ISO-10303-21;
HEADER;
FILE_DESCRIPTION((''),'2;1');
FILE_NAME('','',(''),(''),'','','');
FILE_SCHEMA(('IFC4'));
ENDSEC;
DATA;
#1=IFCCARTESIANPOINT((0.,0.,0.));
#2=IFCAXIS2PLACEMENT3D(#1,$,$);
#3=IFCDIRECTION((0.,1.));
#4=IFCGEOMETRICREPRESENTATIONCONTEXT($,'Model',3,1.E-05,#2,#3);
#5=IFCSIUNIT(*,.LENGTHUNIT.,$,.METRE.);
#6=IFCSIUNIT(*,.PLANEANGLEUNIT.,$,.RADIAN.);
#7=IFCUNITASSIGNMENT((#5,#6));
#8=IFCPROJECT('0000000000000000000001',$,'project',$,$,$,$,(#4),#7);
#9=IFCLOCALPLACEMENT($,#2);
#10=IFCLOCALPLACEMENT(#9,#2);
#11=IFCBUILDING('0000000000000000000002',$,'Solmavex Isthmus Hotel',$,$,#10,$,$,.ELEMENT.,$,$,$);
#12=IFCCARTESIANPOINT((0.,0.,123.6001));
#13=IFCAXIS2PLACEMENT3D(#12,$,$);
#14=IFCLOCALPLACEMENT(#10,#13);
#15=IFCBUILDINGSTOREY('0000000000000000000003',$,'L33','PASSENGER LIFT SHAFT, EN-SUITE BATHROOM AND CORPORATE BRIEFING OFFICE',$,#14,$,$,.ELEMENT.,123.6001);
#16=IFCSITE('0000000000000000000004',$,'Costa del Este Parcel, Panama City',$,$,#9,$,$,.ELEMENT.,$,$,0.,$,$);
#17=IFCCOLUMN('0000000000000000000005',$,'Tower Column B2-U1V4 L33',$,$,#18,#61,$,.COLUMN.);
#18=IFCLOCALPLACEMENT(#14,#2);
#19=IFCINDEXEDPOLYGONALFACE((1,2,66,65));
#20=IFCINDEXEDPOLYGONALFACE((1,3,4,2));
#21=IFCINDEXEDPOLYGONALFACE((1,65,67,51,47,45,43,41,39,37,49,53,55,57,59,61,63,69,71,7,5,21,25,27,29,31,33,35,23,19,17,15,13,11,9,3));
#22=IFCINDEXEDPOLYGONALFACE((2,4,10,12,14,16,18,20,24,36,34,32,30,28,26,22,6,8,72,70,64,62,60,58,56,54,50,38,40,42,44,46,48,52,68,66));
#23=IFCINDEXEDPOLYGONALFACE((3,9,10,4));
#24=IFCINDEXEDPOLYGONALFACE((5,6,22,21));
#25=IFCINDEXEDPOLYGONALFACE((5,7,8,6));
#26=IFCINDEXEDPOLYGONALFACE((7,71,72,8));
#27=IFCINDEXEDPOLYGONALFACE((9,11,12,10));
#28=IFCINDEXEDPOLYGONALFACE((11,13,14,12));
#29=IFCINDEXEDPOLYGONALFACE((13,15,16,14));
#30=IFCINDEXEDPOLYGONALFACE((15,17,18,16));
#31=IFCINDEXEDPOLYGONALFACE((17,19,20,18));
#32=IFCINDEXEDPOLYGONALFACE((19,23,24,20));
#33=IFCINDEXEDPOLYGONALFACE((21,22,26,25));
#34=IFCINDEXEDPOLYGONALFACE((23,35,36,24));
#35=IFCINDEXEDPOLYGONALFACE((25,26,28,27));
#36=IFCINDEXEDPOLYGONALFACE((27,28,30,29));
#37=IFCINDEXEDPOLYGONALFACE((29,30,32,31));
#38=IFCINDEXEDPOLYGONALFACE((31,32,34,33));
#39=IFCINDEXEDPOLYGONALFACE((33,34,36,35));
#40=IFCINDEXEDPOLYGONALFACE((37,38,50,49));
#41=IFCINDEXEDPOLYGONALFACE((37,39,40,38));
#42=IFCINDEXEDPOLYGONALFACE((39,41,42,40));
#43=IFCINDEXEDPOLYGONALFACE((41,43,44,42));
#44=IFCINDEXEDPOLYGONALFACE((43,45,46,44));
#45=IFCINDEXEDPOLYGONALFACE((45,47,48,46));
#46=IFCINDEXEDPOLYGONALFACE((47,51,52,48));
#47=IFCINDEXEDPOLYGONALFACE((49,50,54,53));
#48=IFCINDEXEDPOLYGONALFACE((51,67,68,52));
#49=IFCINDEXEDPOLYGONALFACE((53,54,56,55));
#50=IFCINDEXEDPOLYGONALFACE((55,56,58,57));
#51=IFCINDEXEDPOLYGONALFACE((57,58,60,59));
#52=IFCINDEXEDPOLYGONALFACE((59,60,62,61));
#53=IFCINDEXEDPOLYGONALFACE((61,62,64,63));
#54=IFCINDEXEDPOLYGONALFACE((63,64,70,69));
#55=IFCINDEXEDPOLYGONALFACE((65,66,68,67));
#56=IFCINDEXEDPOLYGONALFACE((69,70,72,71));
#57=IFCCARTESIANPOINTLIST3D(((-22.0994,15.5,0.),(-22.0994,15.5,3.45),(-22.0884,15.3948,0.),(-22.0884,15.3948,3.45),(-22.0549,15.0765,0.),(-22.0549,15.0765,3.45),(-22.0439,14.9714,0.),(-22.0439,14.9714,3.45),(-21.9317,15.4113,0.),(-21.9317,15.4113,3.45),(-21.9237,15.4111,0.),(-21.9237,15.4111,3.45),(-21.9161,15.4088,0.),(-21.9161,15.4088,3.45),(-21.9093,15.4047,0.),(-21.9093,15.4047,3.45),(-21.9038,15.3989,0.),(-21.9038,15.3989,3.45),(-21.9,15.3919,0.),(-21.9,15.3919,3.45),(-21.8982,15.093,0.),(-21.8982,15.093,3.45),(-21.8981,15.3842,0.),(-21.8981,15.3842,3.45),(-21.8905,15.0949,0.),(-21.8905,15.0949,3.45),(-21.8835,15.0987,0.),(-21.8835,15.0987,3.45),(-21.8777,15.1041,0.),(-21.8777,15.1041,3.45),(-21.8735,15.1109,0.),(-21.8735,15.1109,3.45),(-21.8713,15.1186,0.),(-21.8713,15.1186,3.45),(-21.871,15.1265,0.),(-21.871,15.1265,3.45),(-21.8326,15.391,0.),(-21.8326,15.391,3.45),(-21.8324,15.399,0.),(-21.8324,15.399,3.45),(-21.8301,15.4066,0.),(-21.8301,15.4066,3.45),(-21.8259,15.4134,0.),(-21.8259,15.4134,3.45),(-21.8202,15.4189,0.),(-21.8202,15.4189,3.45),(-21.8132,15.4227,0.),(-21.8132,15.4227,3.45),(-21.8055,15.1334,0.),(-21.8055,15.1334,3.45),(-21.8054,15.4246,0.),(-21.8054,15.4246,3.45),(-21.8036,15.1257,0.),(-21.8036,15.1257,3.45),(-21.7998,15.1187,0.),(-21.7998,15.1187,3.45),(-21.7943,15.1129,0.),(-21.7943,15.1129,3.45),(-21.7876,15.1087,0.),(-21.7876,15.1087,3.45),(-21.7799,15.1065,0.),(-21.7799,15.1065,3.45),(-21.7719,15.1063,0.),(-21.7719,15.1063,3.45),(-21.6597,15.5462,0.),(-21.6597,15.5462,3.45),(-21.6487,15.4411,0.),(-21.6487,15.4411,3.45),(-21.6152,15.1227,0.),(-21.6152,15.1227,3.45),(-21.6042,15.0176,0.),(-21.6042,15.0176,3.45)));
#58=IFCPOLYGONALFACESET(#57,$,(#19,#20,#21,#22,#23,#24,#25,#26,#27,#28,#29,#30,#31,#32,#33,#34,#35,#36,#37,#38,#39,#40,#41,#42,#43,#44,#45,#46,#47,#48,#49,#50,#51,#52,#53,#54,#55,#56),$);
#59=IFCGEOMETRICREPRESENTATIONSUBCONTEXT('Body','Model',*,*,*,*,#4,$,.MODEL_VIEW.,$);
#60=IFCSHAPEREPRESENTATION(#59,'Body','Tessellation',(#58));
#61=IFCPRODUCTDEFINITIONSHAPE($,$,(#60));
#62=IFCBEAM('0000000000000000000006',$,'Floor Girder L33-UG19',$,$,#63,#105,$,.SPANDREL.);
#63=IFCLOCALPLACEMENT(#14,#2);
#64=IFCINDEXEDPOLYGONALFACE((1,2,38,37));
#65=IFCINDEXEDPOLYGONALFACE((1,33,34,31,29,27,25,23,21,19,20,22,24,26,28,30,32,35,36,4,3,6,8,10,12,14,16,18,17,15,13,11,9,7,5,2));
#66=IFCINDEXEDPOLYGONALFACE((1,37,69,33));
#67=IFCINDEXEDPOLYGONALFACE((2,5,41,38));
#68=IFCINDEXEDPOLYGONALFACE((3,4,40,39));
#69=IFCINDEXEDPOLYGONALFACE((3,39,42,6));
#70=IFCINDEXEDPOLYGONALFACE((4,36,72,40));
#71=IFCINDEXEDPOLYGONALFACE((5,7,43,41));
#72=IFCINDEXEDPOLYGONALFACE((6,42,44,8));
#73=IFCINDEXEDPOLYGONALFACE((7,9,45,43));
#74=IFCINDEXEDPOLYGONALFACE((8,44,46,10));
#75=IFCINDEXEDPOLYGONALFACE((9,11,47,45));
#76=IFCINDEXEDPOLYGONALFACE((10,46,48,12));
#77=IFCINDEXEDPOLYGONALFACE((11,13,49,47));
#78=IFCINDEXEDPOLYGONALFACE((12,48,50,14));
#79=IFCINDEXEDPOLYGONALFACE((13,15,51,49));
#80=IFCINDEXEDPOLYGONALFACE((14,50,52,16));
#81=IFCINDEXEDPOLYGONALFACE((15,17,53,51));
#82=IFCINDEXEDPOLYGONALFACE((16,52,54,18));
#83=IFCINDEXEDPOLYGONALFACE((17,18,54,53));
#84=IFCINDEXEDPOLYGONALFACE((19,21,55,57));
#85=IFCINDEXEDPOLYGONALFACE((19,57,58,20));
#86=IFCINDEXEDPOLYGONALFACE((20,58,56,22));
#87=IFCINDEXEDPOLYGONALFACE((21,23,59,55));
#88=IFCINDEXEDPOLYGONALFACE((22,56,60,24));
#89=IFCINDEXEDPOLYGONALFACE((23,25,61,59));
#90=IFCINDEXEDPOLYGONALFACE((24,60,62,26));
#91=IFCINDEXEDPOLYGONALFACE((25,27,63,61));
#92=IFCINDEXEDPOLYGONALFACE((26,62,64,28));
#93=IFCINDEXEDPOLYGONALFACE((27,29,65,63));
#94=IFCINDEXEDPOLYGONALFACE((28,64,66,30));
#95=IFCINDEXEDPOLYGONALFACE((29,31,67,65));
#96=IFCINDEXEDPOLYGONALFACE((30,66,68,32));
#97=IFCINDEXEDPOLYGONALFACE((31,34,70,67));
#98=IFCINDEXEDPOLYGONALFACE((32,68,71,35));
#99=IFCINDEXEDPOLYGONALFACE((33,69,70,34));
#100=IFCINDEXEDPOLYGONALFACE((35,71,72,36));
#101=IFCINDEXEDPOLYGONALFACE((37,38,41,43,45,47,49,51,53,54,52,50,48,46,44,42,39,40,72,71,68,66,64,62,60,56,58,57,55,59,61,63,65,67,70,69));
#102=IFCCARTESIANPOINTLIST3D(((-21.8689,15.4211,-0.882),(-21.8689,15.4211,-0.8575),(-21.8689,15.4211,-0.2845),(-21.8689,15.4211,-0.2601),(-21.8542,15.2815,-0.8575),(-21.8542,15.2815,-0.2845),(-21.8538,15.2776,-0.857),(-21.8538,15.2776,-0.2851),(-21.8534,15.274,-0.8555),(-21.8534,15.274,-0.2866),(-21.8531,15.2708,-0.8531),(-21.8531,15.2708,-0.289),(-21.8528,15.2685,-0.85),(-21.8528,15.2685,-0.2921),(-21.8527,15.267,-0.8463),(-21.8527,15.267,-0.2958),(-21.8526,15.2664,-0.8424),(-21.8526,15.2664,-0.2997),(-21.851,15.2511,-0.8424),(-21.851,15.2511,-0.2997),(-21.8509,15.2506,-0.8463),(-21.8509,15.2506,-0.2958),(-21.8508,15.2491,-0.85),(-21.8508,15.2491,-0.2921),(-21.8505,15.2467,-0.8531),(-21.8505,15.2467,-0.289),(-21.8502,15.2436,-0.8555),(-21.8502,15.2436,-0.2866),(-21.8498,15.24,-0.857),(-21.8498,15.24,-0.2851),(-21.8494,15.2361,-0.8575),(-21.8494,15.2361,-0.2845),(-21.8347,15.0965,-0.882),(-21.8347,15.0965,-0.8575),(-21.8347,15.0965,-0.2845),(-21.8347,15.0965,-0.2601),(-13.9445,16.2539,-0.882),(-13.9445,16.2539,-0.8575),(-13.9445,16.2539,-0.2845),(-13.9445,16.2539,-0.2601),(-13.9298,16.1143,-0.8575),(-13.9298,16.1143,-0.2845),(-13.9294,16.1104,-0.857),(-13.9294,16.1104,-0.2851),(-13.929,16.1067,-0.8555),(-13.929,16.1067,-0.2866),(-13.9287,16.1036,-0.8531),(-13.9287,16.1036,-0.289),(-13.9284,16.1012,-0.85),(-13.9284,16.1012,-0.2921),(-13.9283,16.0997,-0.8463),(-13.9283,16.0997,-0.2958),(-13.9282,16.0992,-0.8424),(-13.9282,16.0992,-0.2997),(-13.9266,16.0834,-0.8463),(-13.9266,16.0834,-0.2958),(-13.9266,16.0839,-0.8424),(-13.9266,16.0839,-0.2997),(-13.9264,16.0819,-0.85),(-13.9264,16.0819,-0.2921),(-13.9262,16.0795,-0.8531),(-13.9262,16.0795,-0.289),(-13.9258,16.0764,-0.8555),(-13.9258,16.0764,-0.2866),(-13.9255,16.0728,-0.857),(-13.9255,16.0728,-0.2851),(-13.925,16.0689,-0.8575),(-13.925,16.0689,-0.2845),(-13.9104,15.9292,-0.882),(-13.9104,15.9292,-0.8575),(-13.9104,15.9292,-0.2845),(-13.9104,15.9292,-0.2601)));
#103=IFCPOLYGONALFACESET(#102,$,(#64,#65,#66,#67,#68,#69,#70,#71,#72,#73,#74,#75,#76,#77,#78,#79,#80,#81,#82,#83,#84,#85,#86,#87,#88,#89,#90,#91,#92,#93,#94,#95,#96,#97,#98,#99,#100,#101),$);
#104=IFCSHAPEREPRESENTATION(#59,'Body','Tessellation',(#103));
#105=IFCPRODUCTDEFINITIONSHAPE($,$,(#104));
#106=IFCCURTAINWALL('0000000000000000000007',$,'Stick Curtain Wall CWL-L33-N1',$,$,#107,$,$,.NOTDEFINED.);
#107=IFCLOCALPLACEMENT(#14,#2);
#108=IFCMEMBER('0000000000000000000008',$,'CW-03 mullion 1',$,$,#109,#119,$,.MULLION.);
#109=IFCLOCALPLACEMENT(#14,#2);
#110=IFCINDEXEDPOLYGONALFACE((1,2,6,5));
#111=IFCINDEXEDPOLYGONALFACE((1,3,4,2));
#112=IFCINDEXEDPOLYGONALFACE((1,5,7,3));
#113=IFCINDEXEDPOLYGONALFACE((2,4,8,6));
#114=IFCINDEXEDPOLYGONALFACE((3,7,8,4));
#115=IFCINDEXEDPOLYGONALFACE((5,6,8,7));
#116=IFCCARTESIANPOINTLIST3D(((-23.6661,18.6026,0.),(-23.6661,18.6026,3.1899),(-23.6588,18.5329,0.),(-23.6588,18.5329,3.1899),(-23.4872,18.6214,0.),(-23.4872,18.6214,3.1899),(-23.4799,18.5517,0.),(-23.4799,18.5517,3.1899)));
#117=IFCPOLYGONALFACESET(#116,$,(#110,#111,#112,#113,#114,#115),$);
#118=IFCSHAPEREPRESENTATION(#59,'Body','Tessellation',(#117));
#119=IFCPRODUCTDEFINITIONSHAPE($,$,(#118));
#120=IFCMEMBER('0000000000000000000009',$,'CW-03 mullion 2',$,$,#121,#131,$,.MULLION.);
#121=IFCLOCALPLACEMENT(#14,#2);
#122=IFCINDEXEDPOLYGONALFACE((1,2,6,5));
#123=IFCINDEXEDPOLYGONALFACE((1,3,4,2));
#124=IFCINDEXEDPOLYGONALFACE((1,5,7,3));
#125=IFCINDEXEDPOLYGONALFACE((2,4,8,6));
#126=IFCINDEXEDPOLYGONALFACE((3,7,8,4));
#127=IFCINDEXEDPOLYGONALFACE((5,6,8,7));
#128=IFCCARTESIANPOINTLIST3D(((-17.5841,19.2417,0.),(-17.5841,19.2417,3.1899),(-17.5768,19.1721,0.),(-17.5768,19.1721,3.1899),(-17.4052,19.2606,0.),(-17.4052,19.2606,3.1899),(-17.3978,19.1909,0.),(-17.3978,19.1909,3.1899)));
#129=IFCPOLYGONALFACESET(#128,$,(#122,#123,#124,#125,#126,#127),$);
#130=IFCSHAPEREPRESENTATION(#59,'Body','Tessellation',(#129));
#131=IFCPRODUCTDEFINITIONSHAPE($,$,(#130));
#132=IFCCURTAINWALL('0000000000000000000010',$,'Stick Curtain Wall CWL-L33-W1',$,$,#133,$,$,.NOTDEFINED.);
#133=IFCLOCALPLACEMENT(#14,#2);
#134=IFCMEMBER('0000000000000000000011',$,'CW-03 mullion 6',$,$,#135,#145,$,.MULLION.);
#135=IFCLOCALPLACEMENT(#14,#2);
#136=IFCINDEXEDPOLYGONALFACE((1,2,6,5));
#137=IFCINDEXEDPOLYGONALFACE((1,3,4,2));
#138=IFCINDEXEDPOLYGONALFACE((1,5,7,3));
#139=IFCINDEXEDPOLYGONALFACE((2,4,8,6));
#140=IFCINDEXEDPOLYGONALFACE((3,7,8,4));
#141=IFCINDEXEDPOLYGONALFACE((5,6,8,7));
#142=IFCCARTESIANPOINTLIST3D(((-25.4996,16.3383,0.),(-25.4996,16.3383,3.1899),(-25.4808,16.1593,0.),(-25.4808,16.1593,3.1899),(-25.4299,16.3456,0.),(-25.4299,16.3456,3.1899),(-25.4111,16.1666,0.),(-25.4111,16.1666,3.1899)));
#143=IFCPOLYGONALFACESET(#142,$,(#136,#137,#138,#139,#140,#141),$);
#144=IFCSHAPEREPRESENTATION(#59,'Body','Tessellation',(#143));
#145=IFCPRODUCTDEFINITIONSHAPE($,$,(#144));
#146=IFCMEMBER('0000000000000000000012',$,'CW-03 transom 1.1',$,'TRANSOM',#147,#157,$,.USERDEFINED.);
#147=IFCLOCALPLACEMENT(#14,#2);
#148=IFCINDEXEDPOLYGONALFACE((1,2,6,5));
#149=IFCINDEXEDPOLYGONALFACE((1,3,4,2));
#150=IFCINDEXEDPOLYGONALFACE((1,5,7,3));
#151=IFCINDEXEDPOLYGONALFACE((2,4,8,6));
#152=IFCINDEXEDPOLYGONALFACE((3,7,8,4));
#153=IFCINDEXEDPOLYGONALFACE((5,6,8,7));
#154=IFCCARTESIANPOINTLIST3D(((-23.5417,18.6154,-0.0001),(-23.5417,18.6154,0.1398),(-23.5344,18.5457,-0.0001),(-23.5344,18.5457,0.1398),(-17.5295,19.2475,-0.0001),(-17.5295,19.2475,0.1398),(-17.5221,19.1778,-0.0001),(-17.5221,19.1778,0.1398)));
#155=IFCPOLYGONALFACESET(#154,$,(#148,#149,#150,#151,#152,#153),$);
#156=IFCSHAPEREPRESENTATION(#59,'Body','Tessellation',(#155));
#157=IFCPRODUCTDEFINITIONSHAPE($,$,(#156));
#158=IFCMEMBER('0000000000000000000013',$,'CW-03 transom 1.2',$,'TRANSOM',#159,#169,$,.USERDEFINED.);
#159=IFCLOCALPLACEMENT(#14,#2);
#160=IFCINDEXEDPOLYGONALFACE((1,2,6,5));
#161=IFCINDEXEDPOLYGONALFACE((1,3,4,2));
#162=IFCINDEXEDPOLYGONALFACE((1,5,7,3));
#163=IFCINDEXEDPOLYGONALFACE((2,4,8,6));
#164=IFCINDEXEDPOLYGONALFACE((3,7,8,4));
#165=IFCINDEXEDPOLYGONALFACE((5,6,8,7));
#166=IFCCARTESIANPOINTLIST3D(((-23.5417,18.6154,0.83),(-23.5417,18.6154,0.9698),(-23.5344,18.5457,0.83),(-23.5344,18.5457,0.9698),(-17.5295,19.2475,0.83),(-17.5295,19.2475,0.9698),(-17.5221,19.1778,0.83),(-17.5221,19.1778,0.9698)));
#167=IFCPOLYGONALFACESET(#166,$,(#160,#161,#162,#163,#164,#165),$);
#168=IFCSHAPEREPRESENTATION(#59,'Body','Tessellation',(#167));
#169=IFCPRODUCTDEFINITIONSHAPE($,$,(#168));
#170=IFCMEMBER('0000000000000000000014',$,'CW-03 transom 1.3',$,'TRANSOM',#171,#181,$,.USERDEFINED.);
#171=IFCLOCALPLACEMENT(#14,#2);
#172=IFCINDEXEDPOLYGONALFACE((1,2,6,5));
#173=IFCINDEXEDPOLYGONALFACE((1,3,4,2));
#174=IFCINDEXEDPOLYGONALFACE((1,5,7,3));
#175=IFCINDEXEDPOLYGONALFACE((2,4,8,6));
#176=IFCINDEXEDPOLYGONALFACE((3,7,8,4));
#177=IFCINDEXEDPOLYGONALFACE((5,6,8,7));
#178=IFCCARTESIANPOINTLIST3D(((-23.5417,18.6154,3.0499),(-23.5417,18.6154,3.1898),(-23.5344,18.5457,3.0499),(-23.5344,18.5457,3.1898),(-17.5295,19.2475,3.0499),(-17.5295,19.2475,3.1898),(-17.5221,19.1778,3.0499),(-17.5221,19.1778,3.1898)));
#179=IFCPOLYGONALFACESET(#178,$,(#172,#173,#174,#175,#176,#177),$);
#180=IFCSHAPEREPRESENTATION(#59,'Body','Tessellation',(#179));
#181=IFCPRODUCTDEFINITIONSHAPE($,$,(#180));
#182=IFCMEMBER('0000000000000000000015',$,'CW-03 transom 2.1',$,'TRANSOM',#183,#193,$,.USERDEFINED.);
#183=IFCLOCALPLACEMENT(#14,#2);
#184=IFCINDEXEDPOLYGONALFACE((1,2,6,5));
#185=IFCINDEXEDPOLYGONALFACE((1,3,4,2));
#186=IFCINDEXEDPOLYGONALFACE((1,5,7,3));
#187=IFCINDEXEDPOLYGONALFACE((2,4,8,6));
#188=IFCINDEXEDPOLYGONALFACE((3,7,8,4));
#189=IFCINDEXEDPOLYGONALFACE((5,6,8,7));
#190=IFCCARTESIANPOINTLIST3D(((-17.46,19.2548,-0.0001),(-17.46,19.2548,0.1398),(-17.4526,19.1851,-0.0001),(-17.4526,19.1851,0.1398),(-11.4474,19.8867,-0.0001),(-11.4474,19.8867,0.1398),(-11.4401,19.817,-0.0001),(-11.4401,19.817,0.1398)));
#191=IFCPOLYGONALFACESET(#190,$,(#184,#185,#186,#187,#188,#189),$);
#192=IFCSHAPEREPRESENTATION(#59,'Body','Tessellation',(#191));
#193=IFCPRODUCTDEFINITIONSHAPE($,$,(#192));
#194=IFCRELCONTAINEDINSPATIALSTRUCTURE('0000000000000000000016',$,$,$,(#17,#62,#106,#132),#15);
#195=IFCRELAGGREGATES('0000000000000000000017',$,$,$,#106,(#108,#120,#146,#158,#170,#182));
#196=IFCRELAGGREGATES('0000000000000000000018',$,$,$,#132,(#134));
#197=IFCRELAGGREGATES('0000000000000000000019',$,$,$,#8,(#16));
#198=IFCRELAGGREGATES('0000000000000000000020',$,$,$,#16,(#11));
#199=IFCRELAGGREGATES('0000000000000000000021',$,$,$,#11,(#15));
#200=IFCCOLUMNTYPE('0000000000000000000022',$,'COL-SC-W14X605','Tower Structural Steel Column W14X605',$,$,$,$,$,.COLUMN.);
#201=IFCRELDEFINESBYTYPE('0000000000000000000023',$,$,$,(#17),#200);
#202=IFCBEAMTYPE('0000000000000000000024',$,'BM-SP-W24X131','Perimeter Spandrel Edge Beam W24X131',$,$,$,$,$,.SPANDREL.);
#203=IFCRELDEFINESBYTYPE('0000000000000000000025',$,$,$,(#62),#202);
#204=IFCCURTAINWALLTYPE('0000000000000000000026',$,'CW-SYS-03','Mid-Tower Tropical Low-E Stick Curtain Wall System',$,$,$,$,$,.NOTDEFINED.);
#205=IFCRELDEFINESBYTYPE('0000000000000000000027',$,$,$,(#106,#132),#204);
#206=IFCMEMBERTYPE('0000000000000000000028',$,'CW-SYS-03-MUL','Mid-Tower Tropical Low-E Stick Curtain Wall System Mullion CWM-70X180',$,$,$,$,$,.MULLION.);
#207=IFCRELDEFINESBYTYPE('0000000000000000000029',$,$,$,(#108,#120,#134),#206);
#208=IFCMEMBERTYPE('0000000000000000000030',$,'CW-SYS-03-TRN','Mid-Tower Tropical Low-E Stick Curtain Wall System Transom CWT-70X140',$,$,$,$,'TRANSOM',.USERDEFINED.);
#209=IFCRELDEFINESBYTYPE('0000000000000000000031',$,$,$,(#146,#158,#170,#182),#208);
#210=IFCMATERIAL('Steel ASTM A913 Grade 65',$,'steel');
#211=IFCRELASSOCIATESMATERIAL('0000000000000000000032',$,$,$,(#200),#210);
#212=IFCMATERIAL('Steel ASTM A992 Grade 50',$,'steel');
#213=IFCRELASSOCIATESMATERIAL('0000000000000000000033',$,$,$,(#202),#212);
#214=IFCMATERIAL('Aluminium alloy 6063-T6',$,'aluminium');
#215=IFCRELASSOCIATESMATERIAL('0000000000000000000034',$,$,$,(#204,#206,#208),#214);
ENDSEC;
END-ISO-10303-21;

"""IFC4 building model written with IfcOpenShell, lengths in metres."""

from ifc_helpers import new_model, si_unit, direction, frame, origin, origin_2d, place, context, subcontext, project, spatial, rectangle, i_section, extrude, material, material_profile, profile_set, type_object, element, aggregate, save


model = new_model("IFC4")

# Units and contexts
model_context = context("Model", 3, precision=1e-05, world=origin(), true_north=direction((0.0, 1.0)))
body_context = subcontext(model_context, "Body", "Model", "MODEL_VIEW")
ifc_project = project(units=[si_unit("LENGTHUNIT", "METRE"), si_unit("PLANEANGLEUNIT", "RADIAN")], contexts=[model_context])

# Site, building, storey
site_placement = place(None, origin())
site = spatial("IfcSite", under=ifc_project, at=site_placement, Name="Costa del Este Parcel, Panama City", CompositionType="ELEMENT", RefElevation=0.0)
building_placement = place(site_placement, origin())
building = spatial("IfcBuilding", under=site, at=building_placement, Name="Solmavex Isthmus Hotel", CompositionType="ELEMENT")
storey_placement = place(building_placement, frame((0.0, 0.0, 123.6001)))
storey = spatial("IfcBuildingStorey", under=building, at=storey_placement, Name="L33", Description="PASSENGER LIFT SHAFT, EN-SUITE BATHROOM AND CORPORATE BRIEFING OFFICE", CompositionType="ELEMENT", Elevation=123.6001)

# Column
ifc_material_1 = material(Name="Steel ASTM A913 Grade 65", Category="steel")
ifc_material_profile_1 = material_profile(ifc_material_1, i_section(OverallWidth=0.4421, OverallDepth=0.5315, WebThickness=0.0659, FlangeThickness=0.1057, FilletRadius=0.0305, at=origin_2d()), Name="W14X605")
ifc_profile_set_1 = profile_set([ifc_material_profile_1], Name="Steel ASTM A913 Grade 65")
column_type = type_object("IfcColumnType", Name="COL-SC-W14X605", Description="Tower Structural Steel Column W14X605", PredefinedType="COLUMN", material=ifc_profile_set_1)
column_placement = place(storey_placement, frame((-21.8518, 15.2588, 0.0), z_axis=(0.0, 0.0, 1.0), x_axis=(0.994522, 0.104528, 0.0)))
element("IfcColumn", 1, at=column_placement, inside=storey, type_object=column_type, Name="Tower Column B2-U1V4 L33", PredefinedType="COLUMN", context=body_context, shape_type="SweptSolid", body=[
    extrude(i_section(OverallWidth=0.4421, OverallDepth=0.5315, WebThickness=0.0659, FlangeThickness=0.1057, FilletRadius=0.0305, at=origin_2d()), origin(), (0.0, 0.0, 1.0), 3.45),
])

# Beam
ifc_material_2 = material(Name="Steel ASTM A992 Grade 50", Category="steel")
ifc_material_profile_2 = material_profile(ifc_material_2, i_section(OverallWidth=0.3264, OverallDepth=0.6218, WebThickness=0.0154, FlangeThickness=0.0244, FilletRadius=0.0151, at=origin_2d()), Name="W24X131")
ifc_profile_set_2 = profile_set([ifc_material_profile_2], Name="Steel ASTM A992 Grade 50")
beam_type = type_object("IfcBeamType", Name="BM-SP-W24X131", Description="Perimeter Spandrel Edge Beam W24X131", PredefinedType="SPANDREL", material=ifc_profile_set_2)
beam_placement = place(storey_placement, frame((-21.8518, 15.2588, -0.571), z_axis=(0.994523, 0.104514, 0.0), x_axis=(-0.104514, 0.994523, 0.0)))
element("IfcBeam", 2, at=beam_placement, inside=storey, type_object=beam_type, Name="Floor Girder L33-UG19", PredefinedType="SPANDREL", context=body_context, shape_type="SweptSolid", body=[
    extrude(i_section(OverallWidth=0.3264, OverallDepth=0.6218, WebThickness=0.0154, FlangeThickness=0.0244, FilletRadius=0.0151, at=origin_2d()), origin(), (0.0, 0.0, 1.0), 7.968),
])

# Curtain wall, members
ifc_material_3 = material(Name="Aluminium alloy 6063-T6", Category="aluminium")
curtain_wall_type = type_object("IfcCurtainWallType", Name="CW-SYS-03", Description="Mid-Tower Tropical Low-E Stick Curtain Wall System", PredefinedType="NOTDEFINED", material=ifc_material_3)
curtain_wall_1_placement = place(storey_placement, origin())
curtain_wall_1 = element("IfcCurtainWall", 3, at=curtain_wall_1_placement, inside=storey, type_object=curtain_wall_type, Name="Stick Curtain Wall CWL-L33-N1", PredefinedType="NOTDEFINED")
ifc_material_profile_3 = material_profile(ifc_material_3, rectangle(XDim=0.0701, YDim=0.1799, at=origin_2d()), Name="CWM-70X180")
ifc_profile_set_3 = profile_set([ifc_material_profile_3], Name="Aluminium alloy 6063-T6")
member_type_1 = type_object("IfcMemberType", Name="CW-SYS-03-MUL", Description="Mid-Tower Tropical Low-E Stick Curtain Wall System Mullion CWM-70X180", PredefinedType="MULLION", material=ifc_profile_set_3)
member_1_placement = place(storey_placement, frame((-23.573, 18.5771, 0.0), z_axis=(0.0, 0.0, 1.0), x_axis=(-0.104528, 0.994522, 0.0)))
member_1 = element("IfcMember", 4, at=member_1_placement, type_object=member_type_1, Name="CW-03 mullion 1", PredefinedType="MULLION", context=body_context, shape_type="SweptSolid", body=[
    extrude(rectangle(XDim=0.0701, YDim=0.1799, at=origin_2d()), origin(), (0.0, 0.0, 1.0), 3.1899),
])
member_2_placement = place(storey_placement, frame((-17.491, 19.2163, 0.0), z_axis=(0.0, 0.0, 1.0), x_axis=(-0.104528, 0.994522, 0.0)))
member_2 = element("IfcMember", 5, at=member_2_placement, type_object=member_type_1, Name="CW-03 mullion 2", PredefinedType="MULLION", context=body_context, shape_type="SweptSolid", body=[
    extrude(rectangle(XDim=0.0701, YDim=0.1799, at=origin_2d()), origin(), (0.0, 0.0, 1.0), 3.1899),
])

# Curtain wall, member
curtain_wall_2_placement = place(storey_placement, origin())
curtain_wall_2 = element("IfcCurtainWall", 6, at=curtain_wall_2_placement, inside=storey, type_object=curtain_wall_type, Name="Stick Curtain Wall CWL-L33-W1", PredefinedType="NOTDEFINED")
member_3_placement = place(storey_placement, frame((-25.4553, 16.2524, 0.0), z_axis=(0.0, 0.0, 1.0), x_axis=(-0.994522, -0.104528, 0.0)))
member_3 = element("IfcMember", 7, at=member_3_placement, type_object=member_type_1, Name="CW-03 mullion 6", PredefinedType="MULLION", context=body_context, shape_type="SweptSolid", body=[
    extrude(rectangle(XDim=0.0701, YDim=0.1799, at=origin_2d()), origin(), (0.0, 0.0, 1.0), 3.1899),
])

# Members
ifc_material_profile_4 = material_profile(ifc_material_3, rectangle(XDim=0.0701, YDim=0.1399, at=origin_2d()), Name="CWT-70X140")
ifc_profile_set_4 = profile_set([ifc_material_profile_4], Name="Aluminium alloy 6063-T6")
member_type_2 = type_object("IfcMemberType", Name="CW-SYS-03-TRN", Description="Mid-Tower Tropical Low-E Stick Curtain Wall System Transom CWT-70X140", ElementType="TRANSOM", PredefinedType="USERDEFINED", material=ifc_profile_set_4)
member_4_placement = place(storey_placement, frame((-23.5381, 18.5806, 0.0698), z_axis=(0.994519, 0.104557, 0.0), x_axis=(-0.104557, 0.994519, 0.0)))
member_4 = element("IfcMember", 8, at=member_4_placement, type_object=member_type_2, Name="CW-03 transom 1.1", ObjectType="TRANSOM", PredefinedType="USERDEFINED", context=body_context, shape_type="SweptSolid", body=[
    extrude(rectangle(XDim=0.0701, YDim=0.1399, at=origin_2d()), origin(), (0.0, 0.0, 1.0), 6.0454),
])
member_5_placement = place(storey_placement, frame((-23.5381, 18.5806, 0.8999), z_axis=(0.994519, 0.104557, 0.0), x_axis=(-0.104557, 0.994519, 0.0)))
member_5 = element("IfcMember", 9, at=member_5_placement, type_object=member_type_2, Name="CW-03 transom 1.2", ObjectType="TRANSOM", PredefinedType="USERDEFINED", context=body_context, shape_type="SweptSolid", body=[
    extrude(rectangle(XDim=0.0701, YDim=0.1399, at=origin_2d()), origin(), (0.0, 0.0, 1.0), 6.0454),
])
member_6_placement = place(storey_placement, frame((-23.5381, 18.5806, 3.1199), z_axis=(0.994519, 0.104557, 0.0), x_axis=(-0.104557, 0.994519, 0.0)))
member_6 = element("IfcMember", 10, at=member_6_placement, type_object=member_type_2, Name="CW-03 transom 1.3", ObjectType="TRANSOM", PredefinedType="USERDEFINED", context=body_context, shape_type="SweptSolid", body=[
    extrude(rectangle(XDim=0.0701, YDim=0.1399, at=origin_2d()), origin(), (0.0, 0.0, 1.0), 6.0454),
])
member_7_placement = place(storey_placement, frame((-17.4563, 19.22, 0.0698), z_axis=(0.994524, 0.104512, 0.0), x_axis=(-0.104512, 0.994524, 0.0)))
member_7 = element("IfcMember", 11, at=member_7_placement, type_object=member_type_2, Name="CW-03 transom 2.1", ObjectType="TRANSOM", PredefinedType="USERDEFINED", context=body_context, shape_type="SweptSolid", body=[
    extrude(rectangle(XDim=0.0701, YDim=0.1399, at=origin_2d()), origin(), (0.0, 0.0, 1.0), 6.0457),
])

aggregate(curtain_wall_1, [member_1, member_2, member_4, member_5, member_6, member_7])
aggregate(curtain_wall_2, [member_3])

save(model, "model.ifc")
